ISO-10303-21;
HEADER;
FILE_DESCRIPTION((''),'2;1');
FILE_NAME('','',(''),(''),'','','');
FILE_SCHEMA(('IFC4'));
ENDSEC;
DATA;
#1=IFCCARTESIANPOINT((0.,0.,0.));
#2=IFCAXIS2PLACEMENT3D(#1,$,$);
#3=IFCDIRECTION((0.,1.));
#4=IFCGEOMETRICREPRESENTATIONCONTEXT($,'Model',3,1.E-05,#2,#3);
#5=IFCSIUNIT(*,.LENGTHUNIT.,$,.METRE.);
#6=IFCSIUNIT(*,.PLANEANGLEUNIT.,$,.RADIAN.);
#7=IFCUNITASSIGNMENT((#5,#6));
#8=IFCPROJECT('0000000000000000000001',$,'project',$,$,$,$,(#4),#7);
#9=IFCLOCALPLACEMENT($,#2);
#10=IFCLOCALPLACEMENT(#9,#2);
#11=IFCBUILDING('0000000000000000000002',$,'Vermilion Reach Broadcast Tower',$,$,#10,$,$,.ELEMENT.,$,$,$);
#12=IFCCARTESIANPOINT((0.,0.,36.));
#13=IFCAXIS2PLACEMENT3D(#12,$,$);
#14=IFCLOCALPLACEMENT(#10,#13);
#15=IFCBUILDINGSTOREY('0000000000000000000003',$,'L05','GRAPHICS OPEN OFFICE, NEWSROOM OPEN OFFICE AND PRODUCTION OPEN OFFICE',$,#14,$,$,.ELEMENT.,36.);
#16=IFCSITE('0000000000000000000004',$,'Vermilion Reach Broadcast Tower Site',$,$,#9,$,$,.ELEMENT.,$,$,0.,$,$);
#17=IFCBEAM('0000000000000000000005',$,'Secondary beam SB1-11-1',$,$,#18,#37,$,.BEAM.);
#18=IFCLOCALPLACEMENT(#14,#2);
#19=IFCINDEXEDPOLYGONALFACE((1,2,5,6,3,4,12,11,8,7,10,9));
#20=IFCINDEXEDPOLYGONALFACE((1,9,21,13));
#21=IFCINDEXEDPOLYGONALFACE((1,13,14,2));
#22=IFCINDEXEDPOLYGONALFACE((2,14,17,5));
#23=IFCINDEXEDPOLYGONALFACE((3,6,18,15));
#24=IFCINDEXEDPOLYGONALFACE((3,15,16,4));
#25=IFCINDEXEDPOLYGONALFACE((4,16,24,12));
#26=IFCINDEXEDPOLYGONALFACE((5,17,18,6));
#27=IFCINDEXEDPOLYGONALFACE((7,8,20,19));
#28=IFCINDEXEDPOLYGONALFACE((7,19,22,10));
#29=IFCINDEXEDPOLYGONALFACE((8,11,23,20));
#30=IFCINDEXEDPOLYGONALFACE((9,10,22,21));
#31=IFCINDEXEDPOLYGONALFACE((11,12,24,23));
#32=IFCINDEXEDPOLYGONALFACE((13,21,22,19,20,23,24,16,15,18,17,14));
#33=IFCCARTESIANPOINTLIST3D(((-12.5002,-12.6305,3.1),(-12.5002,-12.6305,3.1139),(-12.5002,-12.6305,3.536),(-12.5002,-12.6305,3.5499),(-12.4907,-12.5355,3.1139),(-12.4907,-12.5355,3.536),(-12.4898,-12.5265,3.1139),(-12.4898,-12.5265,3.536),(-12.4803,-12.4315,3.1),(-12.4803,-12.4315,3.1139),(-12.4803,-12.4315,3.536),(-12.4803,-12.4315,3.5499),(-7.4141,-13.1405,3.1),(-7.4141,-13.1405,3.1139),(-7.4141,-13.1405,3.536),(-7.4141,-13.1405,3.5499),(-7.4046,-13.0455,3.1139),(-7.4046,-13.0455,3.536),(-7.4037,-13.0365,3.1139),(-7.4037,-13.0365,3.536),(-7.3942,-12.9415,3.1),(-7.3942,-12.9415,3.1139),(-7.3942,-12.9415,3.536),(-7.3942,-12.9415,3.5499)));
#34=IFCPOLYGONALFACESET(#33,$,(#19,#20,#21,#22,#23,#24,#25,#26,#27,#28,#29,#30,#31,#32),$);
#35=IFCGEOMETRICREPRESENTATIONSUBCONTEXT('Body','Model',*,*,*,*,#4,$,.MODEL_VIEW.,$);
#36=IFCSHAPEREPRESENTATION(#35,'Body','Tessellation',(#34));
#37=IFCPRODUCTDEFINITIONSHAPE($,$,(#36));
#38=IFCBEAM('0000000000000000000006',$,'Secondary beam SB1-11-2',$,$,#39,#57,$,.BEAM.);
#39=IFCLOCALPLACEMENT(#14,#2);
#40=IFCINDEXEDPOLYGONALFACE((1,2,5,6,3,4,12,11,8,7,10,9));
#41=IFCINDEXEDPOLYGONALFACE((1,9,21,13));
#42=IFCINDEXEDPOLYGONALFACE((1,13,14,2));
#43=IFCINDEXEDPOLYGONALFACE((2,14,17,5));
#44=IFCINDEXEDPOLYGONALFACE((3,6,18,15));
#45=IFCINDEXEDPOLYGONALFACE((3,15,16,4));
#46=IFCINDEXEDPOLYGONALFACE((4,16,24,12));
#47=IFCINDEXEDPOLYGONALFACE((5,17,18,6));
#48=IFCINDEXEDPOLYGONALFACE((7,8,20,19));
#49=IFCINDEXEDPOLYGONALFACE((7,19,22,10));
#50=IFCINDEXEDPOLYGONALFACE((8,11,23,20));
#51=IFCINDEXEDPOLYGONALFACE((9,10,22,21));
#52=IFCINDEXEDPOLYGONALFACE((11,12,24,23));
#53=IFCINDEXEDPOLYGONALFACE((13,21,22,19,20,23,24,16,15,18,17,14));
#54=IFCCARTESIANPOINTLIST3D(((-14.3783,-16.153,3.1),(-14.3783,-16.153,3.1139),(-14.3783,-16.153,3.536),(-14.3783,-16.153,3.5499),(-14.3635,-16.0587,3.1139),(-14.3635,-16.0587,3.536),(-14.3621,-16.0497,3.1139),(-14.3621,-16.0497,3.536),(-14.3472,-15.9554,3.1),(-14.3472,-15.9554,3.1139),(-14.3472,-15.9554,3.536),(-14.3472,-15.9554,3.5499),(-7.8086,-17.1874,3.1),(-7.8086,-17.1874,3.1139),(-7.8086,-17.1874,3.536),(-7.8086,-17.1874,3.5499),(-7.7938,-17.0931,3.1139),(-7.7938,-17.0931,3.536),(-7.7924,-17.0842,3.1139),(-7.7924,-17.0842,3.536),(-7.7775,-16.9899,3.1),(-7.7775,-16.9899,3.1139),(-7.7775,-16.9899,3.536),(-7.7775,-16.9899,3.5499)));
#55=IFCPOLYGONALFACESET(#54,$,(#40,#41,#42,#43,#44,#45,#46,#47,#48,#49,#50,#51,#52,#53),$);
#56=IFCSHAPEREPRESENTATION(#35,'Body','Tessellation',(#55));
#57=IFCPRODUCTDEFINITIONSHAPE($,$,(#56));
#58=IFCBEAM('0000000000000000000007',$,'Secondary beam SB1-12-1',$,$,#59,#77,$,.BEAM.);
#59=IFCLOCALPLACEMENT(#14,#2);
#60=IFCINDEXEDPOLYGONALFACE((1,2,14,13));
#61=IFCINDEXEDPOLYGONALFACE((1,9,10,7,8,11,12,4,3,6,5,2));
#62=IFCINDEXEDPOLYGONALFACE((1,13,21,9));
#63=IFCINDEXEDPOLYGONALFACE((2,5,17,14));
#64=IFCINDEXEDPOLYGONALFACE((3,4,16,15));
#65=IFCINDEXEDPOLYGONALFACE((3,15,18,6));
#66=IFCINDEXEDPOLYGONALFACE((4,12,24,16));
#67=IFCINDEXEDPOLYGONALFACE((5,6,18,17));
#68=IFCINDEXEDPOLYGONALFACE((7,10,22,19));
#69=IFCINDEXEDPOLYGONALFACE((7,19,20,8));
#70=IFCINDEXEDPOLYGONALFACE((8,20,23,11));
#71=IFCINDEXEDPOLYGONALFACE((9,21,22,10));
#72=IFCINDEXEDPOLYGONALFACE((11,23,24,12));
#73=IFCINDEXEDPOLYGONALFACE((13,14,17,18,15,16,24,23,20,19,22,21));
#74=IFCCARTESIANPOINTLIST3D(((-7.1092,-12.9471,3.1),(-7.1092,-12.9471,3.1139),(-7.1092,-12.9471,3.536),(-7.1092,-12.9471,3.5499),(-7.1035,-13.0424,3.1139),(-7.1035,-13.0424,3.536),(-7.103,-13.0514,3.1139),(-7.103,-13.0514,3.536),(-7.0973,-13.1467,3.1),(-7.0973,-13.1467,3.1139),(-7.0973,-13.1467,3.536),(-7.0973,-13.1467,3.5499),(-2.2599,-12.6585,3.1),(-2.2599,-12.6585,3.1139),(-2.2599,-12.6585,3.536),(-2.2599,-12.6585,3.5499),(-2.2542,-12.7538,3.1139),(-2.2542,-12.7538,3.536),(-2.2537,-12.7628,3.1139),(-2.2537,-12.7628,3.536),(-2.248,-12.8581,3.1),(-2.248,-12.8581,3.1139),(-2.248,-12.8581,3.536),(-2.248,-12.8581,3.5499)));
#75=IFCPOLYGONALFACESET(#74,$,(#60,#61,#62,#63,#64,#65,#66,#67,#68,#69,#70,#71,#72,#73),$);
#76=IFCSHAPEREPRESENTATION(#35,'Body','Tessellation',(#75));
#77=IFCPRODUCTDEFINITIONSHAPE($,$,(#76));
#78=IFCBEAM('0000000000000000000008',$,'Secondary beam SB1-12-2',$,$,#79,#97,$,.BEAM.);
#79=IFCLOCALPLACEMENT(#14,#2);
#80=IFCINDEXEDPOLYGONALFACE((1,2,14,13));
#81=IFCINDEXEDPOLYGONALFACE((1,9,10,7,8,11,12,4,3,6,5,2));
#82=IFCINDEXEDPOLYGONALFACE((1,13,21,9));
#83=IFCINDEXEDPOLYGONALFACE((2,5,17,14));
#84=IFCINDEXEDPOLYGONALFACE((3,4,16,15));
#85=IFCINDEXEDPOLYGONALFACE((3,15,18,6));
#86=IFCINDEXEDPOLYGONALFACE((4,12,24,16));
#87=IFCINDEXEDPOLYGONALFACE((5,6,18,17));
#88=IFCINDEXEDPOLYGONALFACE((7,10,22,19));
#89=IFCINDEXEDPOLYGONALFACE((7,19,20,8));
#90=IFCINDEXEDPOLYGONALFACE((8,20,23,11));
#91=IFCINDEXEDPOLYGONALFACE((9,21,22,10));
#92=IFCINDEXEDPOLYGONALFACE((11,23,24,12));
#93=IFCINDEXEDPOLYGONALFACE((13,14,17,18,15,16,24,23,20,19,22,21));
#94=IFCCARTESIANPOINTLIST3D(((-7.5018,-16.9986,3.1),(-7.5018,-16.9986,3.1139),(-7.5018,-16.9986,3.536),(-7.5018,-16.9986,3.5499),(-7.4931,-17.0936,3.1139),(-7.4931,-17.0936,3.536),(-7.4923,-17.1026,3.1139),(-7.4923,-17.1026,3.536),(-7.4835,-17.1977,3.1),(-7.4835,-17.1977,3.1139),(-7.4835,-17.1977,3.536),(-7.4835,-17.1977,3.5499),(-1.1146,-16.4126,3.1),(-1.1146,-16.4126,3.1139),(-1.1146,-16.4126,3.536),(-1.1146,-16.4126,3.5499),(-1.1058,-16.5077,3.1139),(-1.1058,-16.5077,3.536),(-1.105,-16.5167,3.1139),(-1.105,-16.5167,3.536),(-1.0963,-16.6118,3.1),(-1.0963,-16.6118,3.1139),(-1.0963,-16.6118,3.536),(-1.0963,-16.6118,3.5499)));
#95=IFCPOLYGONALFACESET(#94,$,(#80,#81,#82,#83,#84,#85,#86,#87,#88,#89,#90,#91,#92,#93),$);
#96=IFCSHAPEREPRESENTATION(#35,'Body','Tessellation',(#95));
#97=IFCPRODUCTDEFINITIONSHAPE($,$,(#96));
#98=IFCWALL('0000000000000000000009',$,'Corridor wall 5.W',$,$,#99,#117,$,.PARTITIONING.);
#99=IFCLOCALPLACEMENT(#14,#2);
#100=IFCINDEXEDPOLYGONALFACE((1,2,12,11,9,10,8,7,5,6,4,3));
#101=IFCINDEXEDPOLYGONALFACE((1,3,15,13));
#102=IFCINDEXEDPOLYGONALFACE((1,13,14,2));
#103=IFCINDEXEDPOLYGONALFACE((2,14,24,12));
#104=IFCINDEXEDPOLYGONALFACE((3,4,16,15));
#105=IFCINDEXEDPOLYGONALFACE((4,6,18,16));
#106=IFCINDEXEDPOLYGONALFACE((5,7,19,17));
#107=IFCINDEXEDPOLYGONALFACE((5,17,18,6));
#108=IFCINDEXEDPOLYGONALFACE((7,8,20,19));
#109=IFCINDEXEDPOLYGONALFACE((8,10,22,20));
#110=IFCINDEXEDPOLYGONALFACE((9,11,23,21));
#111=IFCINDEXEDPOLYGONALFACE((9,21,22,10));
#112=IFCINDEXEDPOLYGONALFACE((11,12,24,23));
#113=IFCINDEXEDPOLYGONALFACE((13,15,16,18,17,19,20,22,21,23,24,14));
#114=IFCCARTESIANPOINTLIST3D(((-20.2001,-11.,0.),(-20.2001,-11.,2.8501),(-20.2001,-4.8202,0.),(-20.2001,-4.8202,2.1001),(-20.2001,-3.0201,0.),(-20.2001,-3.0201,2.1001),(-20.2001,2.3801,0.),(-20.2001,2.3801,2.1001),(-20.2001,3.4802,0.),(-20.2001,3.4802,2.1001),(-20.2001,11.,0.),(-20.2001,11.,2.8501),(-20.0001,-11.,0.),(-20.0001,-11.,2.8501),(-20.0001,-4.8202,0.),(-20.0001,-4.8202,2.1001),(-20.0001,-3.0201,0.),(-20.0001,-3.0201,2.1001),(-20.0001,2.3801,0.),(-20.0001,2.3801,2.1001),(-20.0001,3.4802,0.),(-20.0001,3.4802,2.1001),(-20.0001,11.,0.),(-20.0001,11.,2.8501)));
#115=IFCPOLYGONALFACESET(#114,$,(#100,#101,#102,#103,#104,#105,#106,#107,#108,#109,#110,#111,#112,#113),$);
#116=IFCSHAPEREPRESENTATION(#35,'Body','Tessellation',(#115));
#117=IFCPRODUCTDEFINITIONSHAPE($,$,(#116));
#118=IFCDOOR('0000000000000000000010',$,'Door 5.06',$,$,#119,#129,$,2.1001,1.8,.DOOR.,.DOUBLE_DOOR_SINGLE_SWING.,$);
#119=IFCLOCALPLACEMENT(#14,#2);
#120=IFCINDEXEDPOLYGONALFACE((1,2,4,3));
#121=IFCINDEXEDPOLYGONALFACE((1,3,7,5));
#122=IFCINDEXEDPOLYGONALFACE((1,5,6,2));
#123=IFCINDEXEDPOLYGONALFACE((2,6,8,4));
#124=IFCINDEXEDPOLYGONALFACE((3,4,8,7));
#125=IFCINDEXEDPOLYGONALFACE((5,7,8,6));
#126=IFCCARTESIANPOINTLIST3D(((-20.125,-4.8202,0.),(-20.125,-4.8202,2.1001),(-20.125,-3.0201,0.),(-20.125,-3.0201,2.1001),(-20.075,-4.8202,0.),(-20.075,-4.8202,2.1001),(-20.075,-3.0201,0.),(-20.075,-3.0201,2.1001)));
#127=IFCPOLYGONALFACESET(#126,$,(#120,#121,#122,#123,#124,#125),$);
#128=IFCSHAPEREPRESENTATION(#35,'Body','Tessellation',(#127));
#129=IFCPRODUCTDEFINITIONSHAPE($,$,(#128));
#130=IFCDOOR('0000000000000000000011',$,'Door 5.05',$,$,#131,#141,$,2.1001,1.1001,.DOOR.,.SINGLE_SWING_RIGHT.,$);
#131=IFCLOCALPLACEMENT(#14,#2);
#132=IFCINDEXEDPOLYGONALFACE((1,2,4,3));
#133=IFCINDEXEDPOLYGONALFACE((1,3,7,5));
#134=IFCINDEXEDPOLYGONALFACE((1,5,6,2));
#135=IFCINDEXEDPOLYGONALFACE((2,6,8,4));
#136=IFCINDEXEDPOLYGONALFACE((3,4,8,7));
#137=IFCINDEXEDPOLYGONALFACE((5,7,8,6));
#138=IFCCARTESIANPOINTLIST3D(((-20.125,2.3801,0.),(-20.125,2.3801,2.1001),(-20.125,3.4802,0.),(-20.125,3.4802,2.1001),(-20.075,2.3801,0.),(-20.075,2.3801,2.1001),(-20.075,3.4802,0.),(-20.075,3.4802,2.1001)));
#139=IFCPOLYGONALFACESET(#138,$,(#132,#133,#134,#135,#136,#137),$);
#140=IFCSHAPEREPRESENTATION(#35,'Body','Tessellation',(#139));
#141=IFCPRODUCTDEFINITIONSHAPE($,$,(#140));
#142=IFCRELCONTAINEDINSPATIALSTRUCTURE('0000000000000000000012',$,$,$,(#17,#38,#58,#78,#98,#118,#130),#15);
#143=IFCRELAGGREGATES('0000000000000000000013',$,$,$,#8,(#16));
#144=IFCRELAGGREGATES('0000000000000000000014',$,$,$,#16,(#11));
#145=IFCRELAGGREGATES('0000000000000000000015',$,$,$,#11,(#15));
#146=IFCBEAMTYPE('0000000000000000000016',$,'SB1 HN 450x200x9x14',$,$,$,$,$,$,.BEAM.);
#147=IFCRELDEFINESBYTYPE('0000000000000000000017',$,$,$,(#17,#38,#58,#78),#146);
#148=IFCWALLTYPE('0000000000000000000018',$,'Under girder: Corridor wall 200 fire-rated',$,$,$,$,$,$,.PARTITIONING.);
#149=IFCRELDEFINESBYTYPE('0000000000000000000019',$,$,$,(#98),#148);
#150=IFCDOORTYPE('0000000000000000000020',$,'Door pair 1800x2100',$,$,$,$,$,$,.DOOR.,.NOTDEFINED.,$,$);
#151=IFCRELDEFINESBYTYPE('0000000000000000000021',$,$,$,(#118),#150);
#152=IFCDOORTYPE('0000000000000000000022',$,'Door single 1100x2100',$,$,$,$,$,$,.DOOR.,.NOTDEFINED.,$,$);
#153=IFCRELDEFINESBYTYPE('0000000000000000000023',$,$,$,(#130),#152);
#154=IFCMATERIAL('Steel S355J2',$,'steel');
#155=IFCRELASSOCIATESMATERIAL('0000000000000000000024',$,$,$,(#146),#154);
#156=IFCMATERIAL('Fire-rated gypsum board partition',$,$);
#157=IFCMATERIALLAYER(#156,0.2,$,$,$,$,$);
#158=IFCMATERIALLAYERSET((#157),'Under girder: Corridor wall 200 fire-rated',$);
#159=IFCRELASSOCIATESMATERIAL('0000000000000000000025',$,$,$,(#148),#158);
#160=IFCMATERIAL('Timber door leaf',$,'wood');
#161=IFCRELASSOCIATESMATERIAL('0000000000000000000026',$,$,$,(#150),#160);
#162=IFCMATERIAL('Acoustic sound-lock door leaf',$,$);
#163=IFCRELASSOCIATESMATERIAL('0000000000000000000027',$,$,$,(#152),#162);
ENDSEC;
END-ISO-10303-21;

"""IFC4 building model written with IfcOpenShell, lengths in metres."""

from ifc_helpers import new_model, si_unit, direction, frame, frame_2d, origin, origin_2d, place, context, subcontext, project, spatial, rectangle, i_section, extrude, material, layer, layer_set, material_profile, profile_set, type_object, element, fill, save


model = new_model("IFC4")

# Units and contexts
model_context = context("Model", 3, precision=1e-05, world=origin(), true_north=direction((0.0, 1.0)))
body_context = subcontext(model_context, "Body", "Model", "MODEL_VIEW")
ifc_project = project(units=[si_unit("LENGTHUNIT", "METRE"), si_unit("PLANEANGLEUNIT", "RADIAN")], contexts=[model_context])

# Site, building, storey
site_placement = place(None, origin())
site = spatial("IfcSite", under=ifc_project, at=site_placement, Name="Vermilion Reach Broadcast Tower Site", CompositionType="ELEMENT", RefElevation=0.0)
building_placement = place(site_placement, origin())
building = spatial("IfcBuilding", under=site, at=building_placement, Name="Vermilion Reach Broadcast Tower", CompositionType="ELEMENT")
storey_placement = place(building_placement, frame((0.0, 0.0, 36.0)))
storey = spatial("IfcBuildingStorey", under=building, at=storey_placement, Name="L05", Description="GRAPHICS OPEN OFFICE, NEWSROOM OPEN OFFICE AND PRODUCTION OPEN OFFICE", CompositionType="ELEMENT", Elevation=36.0)

# Beams
ifc_material_1 = material(Name="Steel S355J2", Category="steel")
ifc_material_profile_1 = material_profile(ifc_material_1, i_section(OverallWidth=0.2, OverallDepth=0.45, WebThickness=0.009, FlangeThickness=0.0139, at=origin_2d()), Name="S355J2 HN 450x200x9x14")
ifc_profile_set_1 = profile_set([ifc_material_profile_1], Name="Steel S355J2")
beam_type_1 = type_object("IfcBeamType", Name="SB1 HN 450x200x9x14", PredefinedType="BEAM", material=ifc_profile_set_1)
beam_1_placement = place(storey_placement, frame((-12.4902, -12.531, 3.325), z_axis=(0.99501, -0.099773, 0.0), x_axis=(0.099773, 0.99501, 0.0)))
element("IfcBeam", 1, at=beam_1_placement, inside=storey, type_object=beam_type_1, Name="Secondary beam SB1-11-1", PredefinedType="BEAM", context=body_context, shape_type="SweptSolid", body=[
    extrude(i_section(OverallWidth=0.2, OverallDepth=0.45, WebThickness=0.009, FlangeThickness=0.0139, at=origin_2d()), origin(), (0.0, 0.0, 1.0), 5.1116),
])
beam_2_placement = place(storey_placement, frame((-14.3628, -16.0542, 3.325), z_axis=(0.98783, -0.15554, 0.0), x_axis=(0.15554, 0.98783, 0.0)))
element("IfcBeam", 2, at=beam_2_placement, inside=storey, type_object=beam_type_1, Name="Secondary beam SB1-11-2", PredefinedType="BEAM", context=body_context, shape_type="SweptSolid", body=[
    extrude(i_section(OverallWidth=0.2, OverallDepth=0.45, WebThickness=0.009, FlangeThickness=0.0139, at=origin_2d()), origin(), (0.0, 0.0, 1.0), 6.6506),
])
beam_3_placement = place(storey_placement, frame((-7.1033, -13.0469, 3.325), z_axis=(0.998234, 0.059403, 0.0), x_axis=(-0.059403, 0.998234, 0.0)))
element("IfcBeam", 3, at=beam_3_placement, inside=storey, type_object=beam_type_1, Name="Secondary beam SB1-12-1", PredefinedType="BEAM", context=body_context, shape_type="SweptSolid", body=[
    extrude(i_section(OverallWidth=0.2, OverallDepth=0.45, WebThickness=0.009, FlangeThickness=0.0139, at=origin_2d()), origin(), (0.0, 0.0, 1.0), 4.8579),
])
beam_4_placement = place(storey_placement, frame((-7.4927, -17.0981, 3.325), z_axis=(0.995819, 0.091353, 0.0), x_axis=(-0.091353, 0.995819, 0.0)))
element("IfcBeam", 4, at=beam_4_placement, inside=storey, type_object=beam_type_1, Name="Secondary beam SB1-12-2", PredefinedType="BEAM", context=body_context, shape_type="SweptSolid", body=[
    extrude(i_section(OverallWidth=0.2, OverallDepth=0.45, WebThickness=0.009, FlangeThickness=0.0139, at=origin_2d()), origin(), (0.0, 0.0, 1.0), 6.4141),
])

# Wall, openings, doors
ifc_material_2 = material(Name="Fire-rated gypsum board partition")
ifc_layer = layer(ifc_material_2, 0.2)
ifc_layer_set = layer_set([ifc_layer], Name="Under girder: Corridor wall 200 fire-rated")
wall_type = type_object("IfcWallType", Name="Under girder: Corridor wall 200 fire-rated", PredefinedType="PARTITIONING", material=ifc_layer_set)
wall_placement = place(storey_placement, frame((-20.1001, -11.0, 0.0), z_axis=(0.0, 0.0, 1.0), x_axis=(0.0, 1.0, 0.0)))
wall = element("IfcWall", 5, at=wall_placement, inside=storey, type_object=wall_type, Name="Corridor wall 5.W", PredefinedType="PARTITIONING", context=body_context, shape_type="SweptSolid", body=[
    extrude(rectangle(XDim=22.0, YDim=0.2, at=frame_2d((11.0, 0.0))), origin(), (0.0, 0.0, 1.0), 2.8501),
])
opening_1_placement = place(wall_placement, frame((13.3801, 0.0, 0.0)))
opening_1 = element("IfcOpeningElement", 6, at=opening_1_placement, cuts=wall, PredefinedType="OPENING", context=body_context, shape_type="SweptSolid", body=[
    extrude(rectangle(XDim=1.1001, YDim=2.1001, at=frame_2d((0.55, 1.05))), frame((0.0, 0.1099, 0.0), z_axis=(0.0, -1.0, 0.0), x_axis=(1.0, 0.0, 0.0)), (0.0, 0.0, 1.0), 0.22),
])
opening_2_placement = place(wall_placement, frame((6.1799, 0.0, 0.0)))
opening_2 = element("IfcOpeningElement", 7, at=opening_2_placement, cuts=wall, PredefinedType="OPENING", context=body_context, shape_type="SweptSolid", body=[
    extrude(rectangle(XDim=1.8, YDim=2.1001, at=frame_2d((0.8999, 1.05))), frame((0.0, 0.1099, 0.0), z_axis=(0.0, -1.0, 0.0), x_axis=(1.0, 0.0, 0.0)), (0.0, 0.0, 1.0), 0.22),
])
ifc_material_3 = material(Name="Timber door leaf", Category="wood")
door_type_1 = type_object("IfcDoorType", Name="Door pair 1800x2100", OperationType="NOTDEFINED", PredefinedType="DOOR", material=ifc_material_3)
door_1_placement = place(opening_2_placement, origin())
door_1 = element("IfcDoor", 8, at=door_1_placement, inside=storey, type_object=door_type_1, Name="Door 5.06", OperationType="DOUBLE_DOOR_SINGLE_SWING", OverallHeight=2.1001, OverallWidth=1.8, PredefinedType="DOOR", context=body_context, shape_type="SweptSolid", body=[
    extrude(rectangle(XDim=1.8, YDim=2.1001, at=frame_2d((0.8999, 1.05))), frame((0.0, 0.0249, 0.0), z_axis=(0.0, -1.0, 0.0), x_axis=(1.0, 0.0, 0.0)), (0.0, 0.0, 1.0), 0.05),
])
fill(opening_2, door_1)
ifc_material_4 = material(Name="Acoustic sound-lock door leaf")
door_type_2 = type_object("IfcDoorType", Name="Door single 1100x2100", OperationType="NOTDEFINED", PredefinedType="DOOR", material=ifc_material_4)
door_2_placement = place(opening_1_placement, origin())
door_2 = element("IfcDoor", 9, at=door_2_placement, inside=storey, type_object=door_type_2, Name="Door 5.05", OperationType="SINGLE_SWING_RIGHT", OverallHeight=2.1001, OverallWidth=1.1001, PredefinedType="DOOR", context=body_context, shape_type="SweptSolid", body=[
    extrude(rectangle(XDim=1.1001, YDim=2.1001, at=frame_2d((0.55, 1.05))), frame((0.0, 0.0249, 0.0), z_axis=(0.0, -1.0, 0.0), x_axis=(1.0, 0.0, 0.0)), (0.0, 0.0, 1.0), 0.05),
])
fill(opening_1, door_2)

save(model, "model.ifc")
